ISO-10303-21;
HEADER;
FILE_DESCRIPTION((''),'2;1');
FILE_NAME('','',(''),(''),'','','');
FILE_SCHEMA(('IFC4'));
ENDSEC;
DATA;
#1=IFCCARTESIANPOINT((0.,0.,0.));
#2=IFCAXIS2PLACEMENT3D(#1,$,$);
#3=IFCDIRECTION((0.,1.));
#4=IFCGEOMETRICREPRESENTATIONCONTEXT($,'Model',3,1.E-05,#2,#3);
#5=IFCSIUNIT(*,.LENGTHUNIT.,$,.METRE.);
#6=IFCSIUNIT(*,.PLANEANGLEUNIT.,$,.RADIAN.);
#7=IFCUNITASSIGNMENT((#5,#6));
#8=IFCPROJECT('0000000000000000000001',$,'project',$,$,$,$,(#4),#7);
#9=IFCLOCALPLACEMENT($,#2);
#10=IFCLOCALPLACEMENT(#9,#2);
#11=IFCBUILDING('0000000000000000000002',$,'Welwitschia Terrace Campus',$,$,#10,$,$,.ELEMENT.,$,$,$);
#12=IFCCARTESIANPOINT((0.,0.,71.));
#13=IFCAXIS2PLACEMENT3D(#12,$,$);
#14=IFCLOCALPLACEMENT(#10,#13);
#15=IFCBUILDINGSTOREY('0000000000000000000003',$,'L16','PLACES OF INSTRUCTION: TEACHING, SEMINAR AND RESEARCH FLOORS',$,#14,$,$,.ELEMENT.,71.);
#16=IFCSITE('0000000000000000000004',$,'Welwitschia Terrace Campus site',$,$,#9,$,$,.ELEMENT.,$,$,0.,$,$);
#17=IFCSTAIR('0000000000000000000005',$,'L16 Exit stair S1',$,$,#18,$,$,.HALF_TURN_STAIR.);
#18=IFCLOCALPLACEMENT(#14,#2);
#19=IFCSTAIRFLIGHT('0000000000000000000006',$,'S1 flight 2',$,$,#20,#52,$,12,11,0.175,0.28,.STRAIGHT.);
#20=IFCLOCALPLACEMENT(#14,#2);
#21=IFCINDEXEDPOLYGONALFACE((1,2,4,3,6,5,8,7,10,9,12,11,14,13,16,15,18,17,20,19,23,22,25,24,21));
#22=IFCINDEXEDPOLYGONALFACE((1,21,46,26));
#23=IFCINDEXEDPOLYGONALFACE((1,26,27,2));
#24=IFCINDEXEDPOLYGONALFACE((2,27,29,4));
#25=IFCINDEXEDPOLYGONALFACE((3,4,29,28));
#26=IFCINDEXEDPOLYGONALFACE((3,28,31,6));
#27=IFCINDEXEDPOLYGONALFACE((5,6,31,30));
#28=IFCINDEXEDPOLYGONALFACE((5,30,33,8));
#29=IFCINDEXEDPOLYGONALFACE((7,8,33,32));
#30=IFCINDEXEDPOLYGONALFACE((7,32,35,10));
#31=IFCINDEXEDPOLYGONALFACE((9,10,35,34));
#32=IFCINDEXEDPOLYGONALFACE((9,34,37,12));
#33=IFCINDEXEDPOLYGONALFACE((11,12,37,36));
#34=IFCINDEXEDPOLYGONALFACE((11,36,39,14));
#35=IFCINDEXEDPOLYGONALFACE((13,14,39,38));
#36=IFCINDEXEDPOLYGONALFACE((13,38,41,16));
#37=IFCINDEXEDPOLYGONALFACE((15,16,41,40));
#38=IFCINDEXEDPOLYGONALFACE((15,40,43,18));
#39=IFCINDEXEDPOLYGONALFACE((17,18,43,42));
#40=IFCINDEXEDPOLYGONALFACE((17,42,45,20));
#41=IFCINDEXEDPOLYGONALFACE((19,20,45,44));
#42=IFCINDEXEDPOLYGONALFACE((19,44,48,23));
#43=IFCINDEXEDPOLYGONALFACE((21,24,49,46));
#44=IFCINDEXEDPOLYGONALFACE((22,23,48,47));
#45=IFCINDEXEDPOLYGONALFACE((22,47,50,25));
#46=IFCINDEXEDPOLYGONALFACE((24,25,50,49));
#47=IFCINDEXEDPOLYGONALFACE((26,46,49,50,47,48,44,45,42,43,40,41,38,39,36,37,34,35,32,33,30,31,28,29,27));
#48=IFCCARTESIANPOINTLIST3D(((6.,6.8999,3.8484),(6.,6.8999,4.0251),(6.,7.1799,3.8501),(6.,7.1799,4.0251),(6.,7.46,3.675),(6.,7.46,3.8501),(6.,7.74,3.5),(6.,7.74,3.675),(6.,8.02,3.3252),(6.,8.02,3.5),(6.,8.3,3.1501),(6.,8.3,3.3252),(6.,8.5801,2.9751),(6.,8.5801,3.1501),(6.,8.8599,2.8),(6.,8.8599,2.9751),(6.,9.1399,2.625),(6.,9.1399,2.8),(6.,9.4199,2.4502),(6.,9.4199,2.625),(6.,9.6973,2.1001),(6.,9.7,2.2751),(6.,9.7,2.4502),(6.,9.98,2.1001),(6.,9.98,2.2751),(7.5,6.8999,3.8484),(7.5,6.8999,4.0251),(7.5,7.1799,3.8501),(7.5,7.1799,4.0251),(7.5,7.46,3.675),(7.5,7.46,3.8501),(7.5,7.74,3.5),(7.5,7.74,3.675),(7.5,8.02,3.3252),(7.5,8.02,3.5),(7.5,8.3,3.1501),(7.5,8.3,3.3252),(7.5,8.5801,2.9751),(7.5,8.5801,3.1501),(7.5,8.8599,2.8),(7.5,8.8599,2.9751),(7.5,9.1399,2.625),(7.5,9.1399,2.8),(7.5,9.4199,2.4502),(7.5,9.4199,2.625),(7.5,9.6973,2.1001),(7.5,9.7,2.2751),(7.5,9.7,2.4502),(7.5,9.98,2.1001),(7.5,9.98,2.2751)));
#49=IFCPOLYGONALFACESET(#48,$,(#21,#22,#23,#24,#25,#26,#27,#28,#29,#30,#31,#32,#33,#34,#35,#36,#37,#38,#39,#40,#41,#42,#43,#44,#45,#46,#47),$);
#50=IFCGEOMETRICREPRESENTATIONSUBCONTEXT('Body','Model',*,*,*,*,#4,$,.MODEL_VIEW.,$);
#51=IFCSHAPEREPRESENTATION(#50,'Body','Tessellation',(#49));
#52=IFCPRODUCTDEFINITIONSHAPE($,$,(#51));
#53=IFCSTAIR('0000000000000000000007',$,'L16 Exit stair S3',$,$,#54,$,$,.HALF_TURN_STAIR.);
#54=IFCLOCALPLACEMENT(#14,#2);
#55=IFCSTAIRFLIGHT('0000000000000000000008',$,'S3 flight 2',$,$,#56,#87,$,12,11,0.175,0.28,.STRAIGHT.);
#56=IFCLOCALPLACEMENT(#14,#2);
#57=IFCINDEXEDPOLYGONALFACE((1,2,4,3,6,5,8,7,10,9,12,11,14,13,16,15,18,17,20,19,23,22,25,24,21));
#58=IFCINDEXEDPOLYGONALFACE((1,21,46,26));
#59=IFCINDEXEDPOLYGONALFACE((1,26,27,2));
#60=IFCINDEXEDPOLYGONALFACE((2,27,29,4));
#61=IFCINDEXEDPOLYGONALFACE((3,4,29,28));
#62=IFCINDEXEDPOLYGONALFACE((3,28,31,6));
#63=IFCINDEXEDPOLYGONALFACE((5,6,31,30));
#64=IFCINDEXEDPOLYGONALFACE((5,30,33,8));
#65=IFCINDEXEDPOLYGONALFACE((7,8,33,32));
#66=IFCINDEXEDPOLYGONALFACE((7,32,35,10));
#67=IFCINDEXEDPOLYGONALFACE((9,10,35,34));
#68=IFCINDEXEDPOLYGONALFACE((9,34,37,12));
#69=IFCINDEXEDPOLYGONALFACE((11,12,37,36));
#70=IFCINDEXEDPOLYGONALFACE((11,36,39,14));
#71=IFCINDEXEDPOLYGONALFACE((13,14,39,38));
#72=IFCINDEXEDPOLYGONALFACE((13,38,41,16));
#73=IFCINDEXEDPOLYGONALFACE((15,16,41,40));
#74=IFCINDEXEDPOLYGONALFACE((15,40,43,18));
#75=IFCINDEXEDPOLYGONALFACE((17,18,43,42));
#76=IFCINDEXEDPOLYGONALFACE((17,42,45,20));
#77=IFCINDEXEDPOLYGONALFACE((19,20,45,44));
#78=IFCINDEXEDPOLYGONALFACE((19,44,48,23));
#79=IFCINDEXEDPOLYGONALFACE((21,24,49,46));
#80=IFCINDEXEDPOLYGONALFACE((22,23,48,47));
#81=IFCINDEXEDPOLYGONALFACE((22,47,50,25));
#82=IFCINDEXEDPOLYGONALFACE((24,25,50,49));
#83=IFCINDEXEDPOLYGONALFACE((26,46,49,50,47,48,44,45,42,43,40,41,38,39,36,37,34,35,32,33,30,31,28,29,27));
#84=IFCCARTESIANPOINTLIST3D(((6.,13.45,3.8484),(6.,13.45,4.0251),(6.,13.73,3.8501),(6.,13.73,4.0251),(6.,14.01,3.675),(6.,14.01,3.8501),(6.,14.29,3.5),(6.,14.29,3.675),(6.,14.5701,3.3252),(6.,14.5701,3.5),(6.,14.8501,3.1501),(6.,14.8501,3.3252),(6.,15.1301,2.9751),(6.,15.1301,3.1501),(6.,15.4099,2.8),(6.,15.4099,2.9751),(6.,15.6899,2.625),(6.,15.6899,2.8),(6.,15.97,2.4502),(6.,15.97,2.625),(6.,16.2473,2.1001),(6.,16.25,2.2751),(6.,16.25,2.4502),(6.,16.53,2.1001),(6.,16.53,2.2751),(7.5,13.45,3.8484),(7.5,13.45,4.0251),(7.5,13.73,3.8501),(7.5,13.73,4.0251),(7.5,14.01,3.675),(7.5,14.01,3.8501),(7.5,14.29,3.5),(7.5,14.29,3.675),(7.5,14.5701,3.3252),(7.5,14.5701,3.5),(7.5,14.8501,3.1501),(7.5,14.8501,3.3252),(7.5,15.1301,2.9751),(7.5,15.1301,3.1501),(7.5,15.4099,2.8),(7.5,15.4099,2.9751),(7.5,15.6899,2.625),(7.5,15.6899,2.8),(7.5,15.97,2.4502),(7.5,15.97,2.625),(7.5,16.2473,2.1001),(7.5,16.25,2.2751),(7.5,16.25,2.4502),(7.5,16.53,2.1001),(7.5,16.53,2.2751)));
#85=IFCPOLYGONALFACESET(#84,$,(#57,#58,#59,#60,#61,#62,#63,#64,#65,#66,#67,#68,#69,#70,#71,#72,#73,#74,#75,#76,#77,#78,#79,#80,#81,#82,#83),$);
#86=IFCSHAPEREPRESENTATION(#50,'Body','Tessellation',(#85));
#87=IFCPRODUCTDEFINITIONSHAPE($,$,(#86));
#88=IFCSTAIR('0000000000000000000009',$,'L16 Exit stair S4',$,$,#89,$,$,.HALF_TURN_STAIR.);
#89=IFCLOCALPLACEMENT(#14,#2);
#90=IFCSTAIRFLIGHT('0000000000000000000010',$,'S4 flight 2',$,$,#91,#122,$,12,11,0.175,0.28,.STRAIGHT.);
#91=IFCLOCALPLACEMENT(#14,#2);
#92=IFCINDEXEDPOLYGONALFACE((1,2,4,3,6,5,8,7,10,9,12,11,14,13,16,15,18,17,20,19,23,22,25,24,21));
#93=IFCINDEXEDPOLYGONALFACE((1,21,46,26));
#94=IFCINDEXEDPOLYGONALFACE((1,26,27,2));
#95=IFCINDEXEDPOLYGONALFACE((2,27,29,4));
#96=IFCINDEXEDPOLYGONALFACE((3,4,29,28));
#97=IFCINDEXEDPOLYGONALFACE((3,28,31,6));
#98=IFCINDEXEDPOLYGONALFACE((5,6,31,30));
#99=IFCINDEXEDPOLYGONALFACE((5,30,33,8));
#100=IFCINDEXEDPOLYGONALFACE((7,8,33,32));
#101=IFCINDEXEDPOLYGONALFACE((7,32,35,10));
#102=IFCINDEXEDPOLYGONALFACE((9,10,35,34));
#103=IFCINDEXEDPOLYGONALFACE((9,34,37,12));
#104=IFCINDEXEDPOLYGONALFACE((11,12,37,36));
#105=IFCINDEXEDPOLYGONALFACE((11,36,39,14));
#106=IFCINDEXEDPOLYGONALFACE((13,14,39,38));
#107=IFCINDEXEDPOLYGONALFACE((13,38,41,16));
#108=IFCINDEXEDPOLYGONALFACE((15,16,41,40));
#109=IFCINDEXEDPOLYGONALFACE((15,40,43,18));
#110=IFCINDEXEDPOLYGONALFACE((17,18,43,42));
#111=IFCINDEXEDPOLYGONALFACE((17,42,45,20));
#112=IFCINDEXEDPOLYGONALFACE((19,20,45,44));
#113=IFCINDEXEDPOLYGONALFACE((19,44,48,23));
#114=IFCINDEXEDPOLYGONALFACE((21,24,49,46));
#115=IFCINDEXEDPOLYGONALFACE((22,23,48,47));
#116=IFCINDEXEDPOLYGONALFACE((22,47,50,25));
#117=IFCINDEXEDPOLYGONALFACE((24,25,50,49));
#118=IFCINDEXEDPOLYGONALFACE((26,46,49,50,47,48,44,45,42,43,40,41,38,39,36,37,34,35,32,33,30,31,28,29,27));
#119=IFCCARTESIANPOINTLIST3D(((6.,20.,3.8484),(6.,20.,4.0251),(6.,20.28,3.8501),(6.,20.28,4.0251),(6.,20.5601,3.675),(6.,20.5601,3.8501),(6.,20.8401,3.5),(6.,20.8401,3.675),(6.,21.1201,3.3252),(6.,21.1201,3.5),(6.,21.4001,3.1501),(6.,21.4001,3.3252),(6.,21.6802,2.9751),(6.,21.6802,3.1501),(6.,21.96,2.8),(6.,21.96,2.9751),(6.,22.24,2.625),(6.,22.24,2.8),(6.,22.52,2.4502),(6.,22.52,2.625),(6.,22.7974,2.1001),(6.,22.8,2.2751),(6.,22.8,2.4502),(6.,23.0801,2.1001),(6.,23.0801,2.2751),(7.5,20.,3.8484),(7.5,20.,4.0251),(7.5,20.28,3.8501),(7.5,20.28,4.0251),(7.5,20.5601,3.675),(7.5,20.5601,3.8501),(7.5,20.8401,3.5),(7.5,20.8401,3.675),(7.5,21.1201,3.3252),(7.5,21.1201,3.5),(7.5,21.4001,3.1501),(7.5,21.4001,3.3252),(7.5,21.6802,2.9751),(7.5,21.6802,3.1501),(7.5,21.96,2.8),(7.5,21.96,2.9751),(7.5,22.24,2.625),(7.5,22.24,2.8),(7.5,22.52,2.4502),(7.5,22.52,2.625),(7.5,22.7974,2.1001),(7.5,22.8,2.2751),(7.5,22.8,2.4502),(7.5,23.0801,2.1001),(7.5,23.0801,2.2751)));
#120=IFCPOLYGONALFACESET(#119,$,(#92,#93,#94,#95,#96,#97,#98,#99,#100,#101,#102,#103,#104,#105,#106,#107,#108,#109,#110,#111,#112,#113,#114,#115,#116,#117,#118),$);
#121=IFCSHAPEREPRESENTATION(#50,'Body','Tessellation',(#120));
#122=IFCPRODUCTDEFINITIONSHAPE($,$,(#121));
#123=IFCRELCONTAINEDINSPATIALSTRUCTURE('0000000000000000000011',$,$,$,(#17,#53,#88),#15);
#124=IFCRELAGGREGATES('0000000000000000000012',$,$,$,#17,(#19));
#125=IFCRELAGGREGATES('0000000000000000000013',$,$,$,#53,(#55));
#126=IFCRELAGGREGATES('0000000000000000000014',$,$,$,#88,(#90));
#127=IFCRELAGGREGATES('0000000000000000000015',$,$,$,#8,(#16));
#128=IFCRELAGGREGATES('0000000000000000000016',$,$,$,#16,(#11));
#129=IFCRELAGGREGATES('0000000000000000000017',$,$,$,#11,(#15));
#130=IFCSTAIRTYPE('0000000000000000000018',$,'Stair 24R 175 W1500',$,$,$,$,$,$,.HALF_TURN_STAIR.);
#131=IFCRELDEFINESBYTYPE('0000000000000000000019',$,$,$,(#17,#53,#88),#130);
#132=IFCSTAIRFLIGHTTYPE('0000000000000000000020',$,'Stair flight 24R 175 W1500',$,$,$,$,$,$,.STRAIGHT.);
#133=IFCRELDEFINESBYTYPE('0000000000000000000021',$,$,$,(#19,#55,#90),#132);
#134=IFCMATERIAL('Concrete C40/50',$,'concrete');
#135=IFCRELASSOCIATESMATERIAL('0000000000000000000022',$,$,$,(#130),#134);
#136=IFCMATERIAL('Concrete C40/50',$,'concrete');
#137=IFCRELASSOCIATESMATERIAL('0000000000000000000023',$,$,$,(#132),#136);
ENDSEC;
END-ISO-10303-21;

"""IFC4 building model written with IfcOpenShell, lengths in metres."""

from ifc_helpers import new_model, si_unit, direction, frame, origin, place, context, subcontext, project, spatial, polyline, outline, extrude, material, type_object, element, aggregate, save


model = new_model("IFC4")

# Units and contexts
model_context = context("Model", 3, precision=1e-05, world=origin(), true_north=direction((0.0, 1.0)))
body_context = subcontext(model_context, "Body", "Model", "MODEL_VIEW")
ifc_project = project(units=[si_unit("LENGTHUNIT", "METRE"), si_unit("PLANEANGLEUNIT", "RADIAN")], contexts=[model_context])

# Site, building, storey
site_placement = place(None, origin())
site = spatial("IfcSite", under=ifc_project, at=site_placement, Name="Welwitschia Terrace Campus site", CompositionType="ELEMENT", RefElevation=0.0)
building_placement = place(site_placement, origin())
building = spatial("IfcBuilding", under=site, at=building_placement, Name="Welwitschia Terrace Campus", CompositionType="ELEMENT")
storey_placement = place(building_placement, frame((0.0, 0.0, 71.0)))
storey = spatial("IfcBuildingStorey", under=building, at=storey_placement, Name="L16", Description="PLACES OF INSTRUCTION: TEACHING, SEMINAR AND RESEARCH FLOORS", CompositionType="ELEMENT", Elevation=71.0)

# Stairs, stair flights
ifc_material_1 = material(Name="Concrete C40/50", Category="concrete")
stair_type = type_object("IfcStairType", Name="Stair 24R 175 W1500", PredefinedType="HALF_TURN_STAIR", material=ifc_material_1)
stair_1_placement = place(storey_placement, origin())
stair_1 = element("IfcStair", 1, at=stair_1_placement, inside=storey, type_object=stair_type, Name="L16 Exit stair S1", PredefinedType="HALF_TURN_STAIR")
ifc_material_2 = material(Name="Concrete C40/50", Category="concrete")
stair_flight_type = type_object("IfcStairFlightType", Name="Stair flight 24R 175 W1500", PredefinedType="STRAIGHT", material=ifc_material_2)
stair_flight_1_placement = place(storey_placement, frame((6.75, 9.98, 2.1001), z_axis=(0.0, 0.0, 1.0), x_axis=(0.0, -1.0, 0.0)))
stair_flight_1 = element("IfcStairFlight", 2, at=stair_flight_1_placement, type_object=stair_flight_type, Name="S1 flight 2", NumberOfRisers=12, NumberOfTreads=11, PredefinedType="STRAIGHT", RiserHeight=0.175, TreadLength=0.28, context=body_context, shape_type="SweptSolid", body=[
    extrude(outline(polyline([(0.0, 0.0), (0.0, 0.175), (0.28, 0.175), (0.28, 0.3501), (0.5601, 0.3501), (0.5601, 0.5249), (0.8401, 0.5249), (0.8401, 0.7), (1.1201, 0.7), (1.1201, 0.875), (1.3999, 0.875), (1.3999, 1.05), (1.6799, 1.05), (1.6799, 1.2251), (1.96, 1.2251), (1.96, 1.3999), (2.24, 1.3999), (2.24, 1.575), (2.52, 1.575), (2.52, 1.75), (2.8, 1.75), (2.8, 1.925), (3.0801, 1.925), (3.0801, 2.1001), (3.0801, 1.7483), (0.2827, 0.0), (0.0, 0.0)])), frame((0.0, 0.75, 0.0), z_axis=(0.0, -1.0, 0.0), x_axis=(1.0, 0.0, 0.0)), (0.0, 0.0, 1.0), 1.5),
])
aggregate(stair_1, [stair_flight_1])
stair_2_placement = place(storey_placement, origin())
stair_2 = element("IfcStair", 3, at=stair_2_placement, inside=storey, type_object=stair_type, Name="L16 Exit stair S3", PredefinedType="HALF_TURN_STAIR")
stair_flight_2_placement = place(storey_placement, frame((6.75, 16.53, 2.1001), z_axis=(0.0, 0.0, 1.0), x_axis=(0.0, -1.0, 0.0)))
stair_flight_2 = element("IfcStairFlight", 4, at=stair_flight_2_placement, type_object=stair_flight_type, Name="S3 flight 2", NumberOfRisers=12, NumberOfTreads=11, PredefinedType="STRAIGHT", RiserHeight=0.175, TreadLength=0.28, context=body_context, shape_type="SweptSolid", body=[
    extrude(outline(polyline([(0.0, 0.0), (0.0, 0.175), (0.28, 0.175), (0.28, 0.3501), (0.5601, 0.3501), (0.5601, 0.5249), (0.8401, 0.5249), (0.8401, 0.7), (1.1201, 0.7), (1.1201, 0.875), (1.3999, 0.875), (1.3999, 1.05), (1.6799, 1.05), (1.6799, 1.2251), (1.96, 1.2251), (1.96, 1.3999), (2.24, 1.3999), (2.24, 1.575), (2.52, 1.575), (2.52, 1.75), (2.8, 1.75), (2.8, 1.925), (3.0801, 1.925), (3.0801, 2.1001), (3.0801, 1.7483), (0.2827, 0.0), (0.0, 0.0)])), frame((0.0, 0.75, 0.0), z_axis=(0.0, -1.0, 0.0), x_axis=(1.0, 0.0, 0.0)), (0.0, 0.0, 1.0), 1.5),
])
aggregate(stair_2, [stair_flight_2])
stair_3_placement = place(storey_placement, origin())
stair_3 = element("IfcStair", 5, at=stair_3_placement, inside=storey, type_object=stair_type, Name="L16 Exit stair S4", PredefinedType="HALF_TURN_STAIR")
stair_flight_3_placement = place(storey_placement, frame((6.75, 23.0801, 2.1001), z_axis=(0.0, 0.0, 1.0), x_axis=(0.0, -1.0, 0.0)))
stair_flight_3 = element("IfcStairFlight", 6, at=stair_flight_3_placement, type_object=stair_flight_type, Name="S4 flight 2", NumberOfRisers=12, NumberOfTreads=11, PredefinedType="STRAIGHT", RiserHeight=0.175, TreadLength=0.28, context=body_context, shape_type="SweptSolid", body=[
    extrude(outline(polyline([(0.0, 0.0), (0.0, 0.175), (0.28, 0.175), (0.28, 0.3501), (0.5601, 0.3501), (0.5601, 0.5249), (0.8401, 0.5249), (0.8401, 0.7), (1.1201, 0.7), (1.1201, 0.875), (1.3999, 0.875), (1.3999, 1.05), (1.6799, 1.05), (1.6799, 1.2251), (1.96, 1.2251), (1.96, 1.3999), (2.24, 1.3999), (2.24, 1.575), (2.52, 1.575), (2.52, 1.75), (2.8, 1.75), (2.8, 1.925), (3.0801, 1.925), (3.0801, 2.1001), (3.0801, 1.7483), (0.2827, 0.0), (0.0, 0.0)])), frame((0.0, 0.75, 0.0), z_axis=(0.0, -1.0, 0.0), x_axis=(1.0, 0.0, 0.0)), (0.0, 0.0, 1.0), 1.5),
])
aggregate(stair_3, [stair_flight_3])

save(model, "model.ifc")
